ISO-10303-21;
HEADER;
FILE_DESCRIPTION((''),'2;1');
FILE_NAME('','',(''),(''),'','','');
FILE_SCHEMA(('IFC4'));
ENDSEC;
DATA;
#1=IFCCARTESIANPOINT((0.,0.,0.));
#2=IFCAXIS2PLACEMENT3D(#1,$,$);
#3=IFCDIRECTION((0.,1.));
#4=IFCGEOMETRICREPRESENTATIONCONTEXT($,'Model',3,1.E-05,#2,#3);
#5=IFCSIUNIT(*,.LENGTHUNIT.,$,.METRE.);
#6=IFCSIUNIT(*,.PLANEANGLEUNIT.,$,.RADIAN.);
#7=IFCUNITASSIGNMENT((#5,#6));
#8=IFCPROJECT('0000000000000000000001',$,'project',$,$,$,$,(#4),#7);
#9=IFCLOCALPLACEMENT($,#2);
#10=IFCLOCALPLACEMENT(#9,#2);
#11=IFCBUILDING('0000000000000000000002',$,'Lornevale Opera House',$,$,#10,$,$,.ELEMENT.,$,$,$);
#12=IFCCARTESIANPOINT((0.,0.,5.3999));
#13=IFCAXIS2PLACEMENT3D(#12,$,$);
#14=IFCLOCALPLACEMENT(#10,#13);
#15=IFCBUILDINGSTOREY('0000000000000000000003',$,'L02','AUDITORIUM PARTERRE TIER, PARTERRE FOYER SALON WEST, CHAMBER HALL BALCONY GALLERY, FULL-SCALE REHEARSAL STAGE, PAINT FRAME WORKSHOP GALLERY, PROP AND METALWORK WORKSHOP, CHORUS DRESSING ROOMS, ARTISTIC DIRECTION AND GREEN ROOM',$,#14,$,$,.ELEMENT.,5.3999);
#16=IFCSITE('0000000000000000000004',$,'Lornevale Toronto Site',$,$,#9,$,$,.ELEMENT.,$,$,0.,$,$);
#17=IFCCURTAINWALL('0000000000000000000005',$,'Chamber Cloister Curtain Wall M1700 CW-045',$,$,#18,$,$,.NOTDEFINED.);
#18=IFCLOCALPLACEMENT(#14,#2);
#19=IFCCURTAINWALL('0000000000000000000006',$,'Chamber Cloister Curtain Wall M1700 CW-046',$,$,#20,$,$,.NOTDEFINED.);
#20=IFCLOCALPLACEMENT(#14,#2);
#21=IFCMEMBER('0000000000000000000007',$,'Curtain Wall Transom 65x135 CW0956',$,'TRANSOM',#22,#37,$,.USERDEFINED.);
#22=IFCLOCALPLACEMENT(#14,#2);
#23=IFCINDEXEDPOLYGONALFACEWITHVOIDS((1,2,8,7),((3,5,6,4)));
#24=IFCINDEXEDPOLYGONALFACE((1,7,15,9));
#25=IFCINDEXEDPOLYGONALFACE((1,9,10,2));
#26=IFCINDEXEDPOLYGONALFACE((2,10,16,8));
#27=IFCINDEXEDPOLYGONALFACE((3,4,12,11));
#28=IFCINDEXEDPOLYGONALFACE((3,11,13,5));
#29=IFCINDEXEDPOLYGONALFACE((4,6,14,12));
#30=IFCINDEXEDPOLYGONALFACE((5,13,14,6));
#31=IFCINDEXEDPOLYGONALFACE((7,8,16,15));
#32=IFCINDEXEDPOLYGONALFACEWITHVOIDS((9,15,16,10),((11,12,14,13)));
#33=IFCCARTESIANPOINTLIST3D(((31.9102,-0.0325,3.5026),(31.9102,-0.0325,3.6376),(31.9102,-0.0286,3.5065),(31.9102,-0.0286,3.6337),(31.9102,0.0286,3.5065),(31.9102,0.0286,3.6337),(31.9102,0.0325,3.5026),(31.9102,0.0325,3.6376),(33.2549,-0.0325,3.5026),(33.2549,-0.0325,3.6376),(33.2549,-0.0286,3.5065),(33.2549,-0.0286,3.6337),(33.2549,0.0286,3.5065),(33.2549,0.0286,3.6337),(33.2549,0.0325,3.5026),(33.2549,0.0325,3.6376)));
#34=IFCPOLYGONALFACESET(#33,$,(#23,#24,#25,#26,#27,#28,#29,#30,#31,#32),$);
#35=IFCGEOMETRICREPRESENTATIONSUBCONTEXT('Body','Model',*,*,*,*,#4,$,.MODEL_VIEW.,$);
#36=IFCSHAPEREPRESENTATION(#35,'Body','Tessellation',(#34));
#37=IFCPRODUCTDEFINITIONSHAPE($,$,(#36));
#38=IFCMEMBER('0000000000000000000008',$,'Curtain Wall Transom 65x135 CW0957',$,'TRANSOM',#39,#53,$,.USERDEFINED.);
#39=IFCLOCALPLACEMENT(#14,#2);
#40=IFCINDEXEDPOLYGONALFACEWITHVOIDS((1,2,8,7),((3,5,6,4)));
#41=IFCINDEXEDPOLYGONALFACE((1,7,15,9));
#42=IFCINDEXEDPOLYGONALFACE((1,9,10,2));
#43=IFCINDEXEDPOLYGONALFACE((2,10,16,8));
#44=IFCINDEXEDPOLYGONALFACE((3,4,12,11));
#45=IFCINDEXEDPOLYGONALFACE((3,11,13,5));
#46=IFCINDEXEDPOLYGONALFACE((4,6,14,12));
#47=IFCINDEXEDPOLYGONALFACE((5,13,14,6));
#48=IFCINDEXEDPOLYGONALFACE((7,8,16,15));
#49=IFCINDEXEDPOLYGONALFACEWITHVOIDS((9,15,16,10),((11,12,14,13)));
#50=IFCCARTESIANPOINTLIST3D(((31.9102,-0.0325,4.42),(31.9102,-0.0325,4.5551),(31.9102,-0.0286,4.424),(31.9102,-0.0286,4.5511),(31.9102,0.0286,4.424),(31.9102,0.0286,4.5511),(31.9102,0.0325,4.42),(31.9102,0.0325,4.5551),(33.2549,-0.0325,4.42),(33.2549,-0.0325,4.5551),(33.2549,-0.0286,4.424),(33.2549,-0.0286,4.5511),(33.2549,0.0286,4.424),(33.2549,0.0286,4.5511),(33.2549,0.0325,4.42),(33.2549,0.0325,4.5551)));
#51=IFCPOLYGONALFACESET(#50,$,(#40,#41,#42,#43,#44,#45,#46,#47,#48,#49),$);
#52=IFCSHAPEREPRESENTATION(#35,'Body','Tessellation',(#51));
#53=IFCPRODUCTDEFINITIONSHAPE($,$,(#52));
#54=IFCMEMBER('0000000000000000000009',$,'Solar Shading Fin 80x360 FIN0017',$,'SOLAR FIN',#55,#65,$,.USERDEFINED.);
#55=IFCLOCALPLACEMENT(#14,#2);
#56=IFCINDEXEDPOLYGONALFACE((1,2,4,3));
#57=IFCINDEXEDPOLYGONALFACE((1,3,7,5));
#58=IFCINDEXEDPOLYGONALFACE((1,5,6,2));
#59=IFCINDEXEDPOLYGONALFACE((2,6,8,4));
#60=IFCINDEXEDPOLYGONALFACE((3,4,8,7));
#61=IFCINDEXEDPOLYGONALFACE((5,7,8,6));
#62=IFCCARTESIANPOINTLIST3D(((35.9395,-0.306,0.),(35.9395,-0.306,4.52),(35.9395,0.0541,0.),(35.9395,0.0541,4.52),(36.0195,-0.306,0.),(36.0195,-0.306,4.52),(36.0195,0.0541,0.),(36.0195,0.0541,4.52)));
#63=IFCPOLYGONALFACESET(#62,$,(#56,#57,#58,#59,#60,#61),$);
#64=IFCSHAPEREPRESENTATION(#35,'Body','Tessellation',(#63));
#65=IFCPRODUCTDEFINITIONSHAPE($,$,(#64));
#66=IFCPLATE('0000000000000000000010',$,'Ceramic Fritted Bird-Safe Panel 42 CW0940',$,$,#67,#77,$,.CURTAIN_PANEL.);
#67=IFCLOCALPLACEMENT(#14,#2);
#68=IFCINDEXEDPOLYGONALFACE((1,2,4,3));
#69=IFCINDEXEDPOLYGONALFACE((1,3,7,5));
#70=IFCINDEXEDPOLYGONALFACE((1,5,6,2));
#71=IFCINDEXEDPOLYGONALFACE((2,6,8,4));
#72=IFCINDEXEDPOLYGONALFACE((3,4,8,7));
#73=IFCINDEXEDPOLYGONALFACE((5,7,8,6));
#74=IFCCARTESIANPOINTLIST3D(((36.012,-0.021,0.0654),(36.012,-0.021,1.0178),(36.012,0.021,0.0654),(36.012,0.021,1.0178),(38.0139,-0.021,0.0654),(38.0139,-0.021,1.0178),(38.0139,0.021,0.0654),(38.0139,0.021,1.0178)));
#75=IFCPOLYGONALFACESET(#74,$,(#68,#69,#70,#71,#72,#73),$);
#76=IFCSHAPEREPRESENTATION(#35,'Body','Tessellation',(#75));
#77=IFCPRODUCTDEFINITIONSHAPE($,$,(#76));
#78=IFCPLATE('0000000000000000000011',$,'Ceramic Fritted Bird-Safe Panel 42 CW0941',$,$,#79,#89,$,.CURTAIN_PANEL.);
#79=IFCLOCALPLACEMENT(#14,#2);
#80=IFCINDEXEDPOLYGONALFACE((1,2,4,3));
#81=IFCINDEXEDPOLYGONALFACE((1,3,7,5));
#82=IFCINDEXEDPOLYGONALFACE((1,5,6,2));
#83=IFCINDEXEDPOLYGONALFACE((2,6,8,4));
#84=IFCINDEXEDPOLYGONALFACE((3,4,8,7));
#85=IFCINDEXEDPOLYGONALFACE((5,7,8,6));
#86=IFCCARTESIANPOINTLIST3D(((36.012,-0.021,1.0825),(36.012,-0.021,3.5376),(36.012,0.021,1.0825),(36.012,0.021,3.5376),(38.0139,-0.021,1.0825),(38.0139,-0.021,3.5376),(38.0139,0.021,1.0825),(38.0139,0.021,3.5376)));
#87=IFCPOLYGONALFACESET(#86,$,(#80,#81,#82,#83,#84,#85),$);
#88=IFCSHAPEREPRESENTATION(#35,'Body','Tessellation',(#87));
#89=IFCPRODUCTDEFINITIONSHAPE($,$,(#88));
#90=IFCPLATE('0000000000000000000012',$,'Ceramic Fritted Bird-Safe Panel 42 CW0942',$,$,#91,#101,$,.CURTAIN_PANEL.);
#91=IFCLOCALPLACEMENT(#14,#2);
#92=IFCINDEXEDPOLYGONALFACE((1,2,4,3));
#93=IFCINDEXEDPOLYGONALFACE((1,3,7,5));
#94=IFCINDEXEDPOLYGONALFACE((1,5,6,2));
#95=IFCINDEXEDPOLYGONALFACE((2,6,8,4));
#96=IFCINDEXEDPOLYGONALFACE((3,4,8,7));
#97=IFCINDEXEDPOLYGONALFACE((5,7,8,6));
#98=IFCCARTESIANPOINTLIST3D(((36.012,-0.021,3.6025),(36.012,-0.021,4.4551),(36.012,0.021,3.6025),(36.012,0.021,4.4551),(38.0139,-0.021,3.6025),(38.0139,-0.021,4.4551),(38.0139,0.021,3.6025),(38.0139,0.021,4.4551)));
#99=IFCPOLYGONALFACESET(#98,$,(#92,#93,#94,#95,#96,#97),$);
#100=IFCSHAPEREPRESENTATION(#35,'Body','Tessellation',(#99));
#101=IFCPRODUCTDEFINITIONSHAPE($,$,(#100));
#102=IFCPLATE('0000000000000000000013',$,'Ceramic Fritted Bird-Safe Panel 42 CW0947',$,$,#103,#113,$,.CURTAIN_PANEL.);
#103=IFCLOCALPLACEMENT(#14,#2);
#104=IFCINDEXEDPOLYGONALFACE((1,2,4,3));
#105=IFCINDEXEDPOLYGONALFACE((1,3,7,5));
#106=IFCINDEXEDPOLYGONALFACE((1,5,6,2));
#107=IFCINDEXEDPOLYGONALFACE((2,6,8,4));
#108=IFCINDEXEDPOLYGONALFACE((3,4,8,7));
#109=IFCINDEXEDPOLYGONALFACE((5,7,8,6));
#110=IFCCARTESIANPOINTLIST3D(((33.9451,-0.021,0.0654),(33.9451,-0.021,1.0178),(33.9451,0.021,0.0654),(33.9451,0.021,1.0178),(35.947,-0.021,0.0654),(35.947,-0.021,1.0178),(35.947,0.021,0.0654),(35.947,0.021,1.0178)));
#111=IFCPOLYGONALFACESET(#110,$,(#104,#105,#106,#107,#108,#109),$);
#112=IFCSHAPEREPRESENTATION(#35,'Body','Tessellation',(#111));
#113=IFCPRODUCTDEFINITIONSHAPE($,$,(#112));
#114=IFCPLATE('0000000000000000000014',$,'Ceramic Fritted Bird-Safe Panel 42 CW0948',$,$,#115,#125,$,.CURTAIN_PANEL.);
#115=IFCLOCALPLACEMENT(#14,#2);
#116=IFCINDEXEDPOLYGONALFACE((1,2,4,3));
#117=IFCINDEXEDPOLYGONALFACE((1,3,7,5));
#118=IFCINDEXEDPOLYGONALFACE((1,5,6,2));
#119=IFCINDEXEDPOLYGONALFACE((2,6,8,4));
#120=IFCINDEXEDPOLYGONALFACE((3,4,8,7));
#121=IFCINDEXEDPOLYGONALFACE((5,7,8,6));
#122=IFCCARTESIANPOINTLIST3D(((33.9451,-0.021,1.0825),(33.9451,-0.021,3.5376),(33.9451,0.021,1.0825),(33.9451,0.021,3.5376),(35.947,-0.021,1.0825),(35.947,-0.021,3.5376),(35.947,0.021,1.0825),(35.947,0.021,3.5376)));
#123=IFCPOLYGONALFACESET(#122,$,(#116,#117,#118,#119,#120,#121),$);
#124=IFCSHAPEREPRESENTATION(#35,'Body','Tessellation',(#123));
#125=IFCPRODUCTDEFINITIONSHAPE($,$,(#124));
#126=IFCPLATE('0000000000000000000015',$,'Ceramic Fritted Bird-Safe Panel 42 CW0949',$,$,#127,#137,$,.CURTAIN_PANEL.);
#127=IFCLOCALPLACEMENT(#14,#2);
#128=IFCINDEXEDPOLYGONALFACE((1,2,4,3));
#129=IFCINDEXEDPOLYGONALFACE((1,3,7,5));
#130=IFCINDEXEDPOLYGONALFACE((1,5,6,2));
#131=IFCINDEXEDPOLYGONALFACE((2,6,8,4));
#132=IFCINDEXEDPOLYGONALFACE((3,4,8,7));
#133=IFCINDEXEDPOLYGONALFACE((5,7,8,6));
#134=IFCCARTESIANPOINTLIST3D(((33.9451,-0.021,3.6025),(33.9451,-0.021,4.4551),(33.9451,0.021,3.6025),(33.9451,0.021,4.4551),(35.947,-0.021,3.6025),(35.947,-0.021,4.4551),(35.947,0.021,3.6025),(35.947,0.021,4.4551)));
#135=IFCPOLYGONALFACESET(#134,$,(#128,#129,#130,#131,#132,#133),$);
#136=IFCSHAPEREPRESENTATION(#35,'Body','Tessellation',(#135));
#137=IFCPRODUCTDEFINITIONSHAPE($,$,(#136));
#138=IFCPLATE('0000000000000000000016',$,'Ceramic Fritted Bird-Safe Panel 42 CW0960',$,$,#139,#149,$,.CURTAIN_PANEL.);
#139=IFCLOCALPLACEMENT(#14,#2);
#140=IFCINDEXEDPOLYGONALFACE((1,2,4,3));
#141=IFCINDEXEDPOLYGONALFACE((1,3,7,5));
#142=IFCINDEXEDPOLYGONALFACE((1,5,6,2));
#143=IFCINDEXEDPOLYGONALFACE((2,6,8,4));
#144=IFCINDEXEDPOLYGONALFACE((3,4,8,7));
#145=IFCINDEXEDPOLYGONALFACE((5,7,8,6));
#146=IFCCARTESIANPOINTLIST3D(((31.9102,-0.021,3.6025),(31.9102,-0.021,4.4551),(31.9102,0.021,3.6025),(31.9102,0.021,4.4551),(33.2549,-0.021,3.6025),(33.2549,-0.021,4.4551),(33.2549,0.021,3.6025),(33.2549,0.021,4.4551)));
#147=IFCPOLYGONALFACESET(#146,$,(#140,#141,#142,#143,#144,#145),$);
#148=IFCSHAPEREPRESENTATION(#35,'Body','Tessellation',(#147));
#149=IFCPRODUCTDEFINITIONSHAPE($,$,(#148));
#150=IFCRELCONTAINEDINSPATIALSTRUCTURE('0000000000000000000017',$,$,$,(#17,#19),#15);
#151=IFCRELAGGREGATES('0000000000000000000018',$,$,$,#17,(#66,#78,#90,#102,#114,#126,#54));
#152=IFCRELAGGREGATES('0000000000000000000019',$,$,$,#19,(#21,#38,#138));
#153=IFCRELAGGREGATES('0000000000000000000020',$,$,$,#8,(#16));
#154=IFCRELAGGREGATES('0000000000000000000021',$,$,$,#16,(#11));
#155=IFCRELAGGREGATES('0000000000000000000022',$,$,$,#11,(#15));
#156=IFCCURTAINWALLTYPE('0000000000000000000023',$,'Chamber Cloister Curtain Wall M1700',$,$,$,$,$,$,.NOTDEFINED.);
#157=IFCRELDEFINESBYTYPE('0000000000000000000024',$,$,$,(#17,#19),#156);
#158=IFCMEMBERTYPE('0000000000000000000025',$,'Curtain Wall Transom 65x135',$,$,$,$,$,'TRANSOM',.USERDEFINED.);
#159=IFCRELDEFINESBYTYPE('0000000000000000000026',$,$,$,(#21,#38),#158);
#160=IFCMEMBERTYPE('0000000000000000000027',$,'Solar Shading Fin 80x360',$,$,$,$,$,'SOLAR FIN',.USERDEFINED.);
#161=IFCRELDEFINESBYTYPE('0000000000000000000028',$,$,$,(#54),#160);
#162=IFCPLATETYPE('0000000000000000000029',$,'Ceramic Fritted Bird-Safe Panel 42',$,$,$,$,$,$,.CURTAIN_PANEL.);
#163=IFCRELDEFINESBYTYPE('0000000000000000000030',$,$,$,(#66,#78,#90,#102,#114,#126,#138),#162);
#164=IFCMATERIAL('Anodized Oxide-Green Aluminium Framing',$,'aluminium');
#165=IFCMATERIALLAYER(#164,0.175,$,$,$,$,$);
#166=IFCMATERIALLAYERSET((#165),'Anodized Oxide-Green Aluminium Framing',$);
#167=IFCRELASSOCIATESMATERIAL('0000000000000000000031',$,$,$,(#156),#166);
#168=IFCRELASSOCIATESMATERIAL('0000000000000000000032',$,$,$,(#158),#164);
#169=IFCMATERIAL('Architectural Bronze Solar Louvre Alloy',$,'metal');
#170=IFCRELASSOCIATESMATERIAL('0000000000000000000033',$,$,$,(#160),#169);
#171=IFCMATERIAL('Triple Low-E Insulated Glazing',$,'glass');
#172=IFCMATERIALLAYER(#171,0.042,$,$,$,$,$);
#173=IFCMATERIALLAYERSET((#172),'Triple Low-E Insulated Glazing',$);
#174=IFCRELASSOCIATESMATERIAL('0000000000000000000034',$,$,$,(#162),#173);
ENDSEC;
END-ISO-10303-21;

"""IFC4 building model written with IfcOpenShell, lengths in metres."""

from ifc_helpers import new_model, si_unit, direction, frame, origin, origin_2d, place, context, subcontext, project, spatial, rectangle, hollow_rectangle, extrude, material, layer, layer_set, material_profile, profile_set, type_object, element, aggregate, save


model = new_model("IFC4")

# Units and contexts
model_context = context("Model", 3, precision=1e-05, world=origin(), true_north=direction((0.0, 1.0)))
body_context = subcontext(model_context, "Body", "Model", "MODEL_VIEW")
ifc_project = project(units=[si_unit("LENGTHUNIT", "METRE"), si_unit("PLANEANGLEUNIT", "RADIAN")], contexts=[model_context])

# Site, building, storey
site_placement = place(None, origin())
site = spatial("IfcSite", under=ifc_project, at=site_placement, Name="Lornevale Toronto Site", CompositionType="ELEMENT", RefElevation=0.0)
building_placement = place(site_placement, origin())
building = spatial("IfcBuilding", under=site, at=building_placement, Name="Lornevale Opera House", CompositionType="ELEMENT")
storey_placement = place(building_placement, frame((0.0, 0.0, 5.3999)))
storey = spatial("IfcBuildingStorey", under=building, at=storey_placement, Name="L02", Description="AUDITORIUM PARTERRE TIER, PARTERRE FOYER SALON WEST, CHAMBER HALL BALCONY GALLERY, FULL-SCALE REHEARSAL STAGE, PAINT FRAME WORKSHOP GALLERY, PROP AND METALWORK WORKSHOP, CHORUS DRESSING ROOMS, ARTISTIC DIRECTION AND GREEN ROOM", CompositionType="ELEMENT", Elevation=5.3999)

# Curtain wall
ifc_material_1 = material(Name="Anodized Oxide-Green Aluminium Framing", Category="aluminium")
ifc_layer_1 = layer(ifc_material_1, 0.175)
ifc_layer_set_1 = layer_set([ifc_layer_1], Name="Anodized Oxide-Green Aluminium Framing")
curtain_wall_type = type_object("IfcCurtainWallType", Name="Chamber Cloister Curtain Wall M1700", PredefinedType="NOTDEFINED", material=ifc_layer_set_1)
curtain_wall_1_placement = place(storey_placement, origin())
curtain_wall_1 = element("IfcCurtainWall", 1, at=curtain_wall_1_placement, inside=storey, type_object=curtain_wall_type, Name="Chamber Cloister Curtain Wall M1700 CW-045", PredefinedType="NOTDEFINED")

# Curtain wall
curtain_wall_2_placement = place(storey_placement, origin())
curtain_wall_2 = element("IfcCurtainWall", 2, at=curtain_wall_2_placement, inside=storey, type_object=curtain_wall_type, Name="Chamber Cloister Curtain Wall M1700 CW-046", PredefinedType="NOTDEFINED")

# Members
ifc_material_profile_1 = material_profile(ifc_material_1, hollow_rectangle(XDim=0.0649, YDim=0.135, WallThickness=0.0039, at=origin_2d()), Name="ALU65x135x4")
ifc_profile_set_1 = profile_set([ifc_material_profile_1], Name="Anodized Oxide-Green Aluminium Framing")
member_type_1 = type_object("IfcMemberType", Name="Curtain Wall Transom 65x135", ElementType="TRANSOM", PredefinedType="USERDEFINED", material=ifc_profile_set_1)
member_1_placement = place(storey_placement, frame((33.2549, 0.0, 3.5701), z_axis=(-1.0, 0.0, 0.0), x_axis=(0.0, -1.0, 0.0)))
member_1 = element("IfcMember", 3, at=member_1_placement, type_object=member_type_1, Name="Curtain Wall Transom 65x135 CW0956", ObjectType="TRANSOM", PredefinedType="USERDEFINED", context=body_context, shape_type="SweptSolid", body=[
    extrude(hollow_rectangle(XDim=0.0649, YDim=0.135, WallThickness=0.0039, at=origin_2d()), origin(), (0.0, 0.0, 1.0), 1.3447),
])
member_2_placement = place(storey_placement, frame((33.2549, 0.0, 4.4875), z_axis=(-1.0, 0.0, 0.0), x_axis=(0.0, -1.0, 0.0)))
member_2 = element("IfcMember", 4, at=member_2_placement, type_object=member_type_1, Name="Curtain Wall Transom 65x135 CW0957", ObjectType="TRANSOM", PredefinedType="USERDEFINED", context=body_context, shape_type="SweptSolid", body=[
    extrude(hollow_rectangle(XDim=0.0649, YDim=0.135, WallThickness=0.0039, at=origin_2d()), origin(), (0.0, 0.0, 1.0), 1.3447),
])
ifc_material_2 = material(Name="Architectural Bronze Solar Louvre Alloy", Category="metal")
ifc_material_profile_2 = material_profile(ifc_material_2, rectangle(XDim=0.0801, YDim=0.3601, at=origin_2d()), Name="FIN80x360")
ifc_profile_set_2 = profile_set([ifc_material_profile_2], Name="Architectural Bronze Solar Louvre Alloy")
member_type_2 = type_object("IfcMemberType", Name="Solar Shading Fin 80x360", ElementType="SOLAR FIN", PredefinedType="USERDEFINED", material=ifc_profile_set_2)
member_3_placement = place(storey_placement, frame((35.9795, -0.126, 0.0), z_axis=(0.0, 0.0, 1.0), x_axis=(-1.0, 0.0, 0.0)))
member_3 = element("IfcMember", 5, at=member_3_placement, type_object=member_type_2, Name="Solar Shading Fin 80x360 FIN0017", ObjectType="SOLAR FIN", PredefinedType="USERDEFINED", context=body_context, shape_type="SweptSolid", body=[
    extrude(rectangle(XDim=0.0801, YDim=0.3601, at=origin_2d()), origin(), (0.0, 0.0, 1.0), 4.52),
])

# Plates
ifc_material_3 = material(Name="Triple Low-E Insulated Glazing", Category="glass")
ifc_layer_2 = layer(ifc_material_3, 0.042)
ifc_layer_set_2 = layer_set([ifc_layer_2], Name="Triple Low-E Insulated Glazing")
plate_type = type_object("IfcPlateType", Name="Ceramic Fritted Bird-Safe Panel 42", PredefinedType="CURTAIN_PANEL", material=ifc_layer_set_2)
plate_1_placement = place(storey_placement, frame((37.0129, 0.0, 0.0654), z_axis=(0.0, 0.0, 1.0), x_axis=(-1.0, 0.0, 0.0)))
plate_1 = element("IfcPlate", 6, at=plate_1_placement, type_object=plate_type, Name="Ceramic Fritted Bird-Safe Panel 42 CW0940", PredefinedType="CURTAIN_PANEL", context=body_context, shape_type="SweptSolid", body=[
    extrude(rectangle(XDim=2.002, YDim=0.042, at=origin_2d()), origin(), (0.0, 0.0, 1.0), 0.9524),
])
plate_2_placement = place(storey_placement, frame((37.0129, 0.0, 1.0825), z_axis=(0.0, 0.0, 1.0), x_axis=(-1.0, 0.0, 0.0)))
plate_2 = element("IfcPlate", 7, at=plate_2_placement, type_object=plate_type, Name="Ceramic Fritted Bird-Safe Panel 42 CW0941", PredefinedType="CURTAIN_PANEL", context=body_context, shape_type="SweptSolid", body=[
    extrude(rectangle(XDim=2.002, YDim=0.042, at=origin_2d()), origin(), (0.0, 0.0, 1.0), 2.4551),
])
plate_3_placement = place(storey_placement, frame((37.0129, 0.0, 3.6025), z_axis=(0.0, 0.0, 1.0), x_axis=(-1.0, 0.0, 0.0)))
plate_3 = element("IfcPlate", 8, at=plate_3_placement, type_object=plate_type, Name="Ceramic Fritted Bird-Safe Panel 42 CW0942", PredefinedType="CURTAIN_PANEL", context=body_context, shape_type="SweptSolid", body=[
    extrude(rectangle(XDim=2.002, YDim=0.042, at=origin_2d()), origin(), (0.0, 0.0, 1.0), 0.8525),
])
plate_4_placement = place(storey_placement, frame((34.946, 0.0, 0.0654), z_axis=(0.0, 0.0, 1.0), x_axis=(-1.0, 0.0, 0.0)))
plate_4 = element("IfcPlate", 9, at=plate_4_placement, type_object=plate_type, Name="Ceramic Fritted Bird-Safe Panel 42 CW0947", PredefinedType="CURTAIN_PANEL", context=body_context, shape_type="SweptSolid", body=[
    extrude(rectangle(XDim=2.002, YDim=0.042, at=origin_2d()), origin(), (0.0, 0.0, 1.0), 0.9524),
])
plate_5_placement = place(storey_placement, frame((34.946, 0.0, 1.0825), z_axis=(0.0, 0.0, 1.0), x_axis=(-1.0, 0.0, 0.0)))
plate_5 = element("IfcPlate", 10, at=plate_5_placement, type_object=plate_type, Name="Ceramic Fritted Bird-Safe Panel 42 CW0948", PredefinedType="CURTAIN_PANEL", context=body_context, shape_type="SweptSolid", body=[
    extrude(rectangle(XDim=2.002, YDim=0.042, at=origin_2d()), origin(), (0.0, 0.0, 1.0), 2.4551),
])
plate_6_placement = place(storey_placement, frame((34.946, 0.0, 3.6025), z_axis=(0.0, 0.0, 1.0), x_axis=(-1.0, 0.0, 0.0)))
plate_6 = element("IfcPlate", 11, at=plate_6_placement, type_object=plate_type, Name="Ceramic Fritted Bird-Safe Panel 42 CW0949", PredefinedType="CURTAIN_PANEL", context=body_context, shape_type="SweptSolid", body=[
    extrude(rectangle(XDim=2.002, YDim=0.042, at=origin_2d()), origin(), (0.0, 0.0, 1.0), 0.8525),
])
aggregate(curtain_wall_1, [plate_1, plate_2, plate_3, plate_4, plate_5, plate_6, member_3])
plate_7_placement = place(storey_placement, frame((32.5825, 0.0, 3.6025), z_axis=(0.0, 0.0, 1.0), x_axis=(-1.0, 0.0, 0.0)))
plate_7 = element("IfcPlate", 12, at=plate_7_placement, type_object=plate_type, Name="Ceramic Fritted Bird-Safe Panel 42 CW0960", PredefinedType="CURTAIN_PANEL", context=body_context, shape_type="SweptSolid", body=[
    extrude(rectangle(XDim=1.3447, YDim=0.042, at=origin_2d()), origin(), (0.0, 0.0, 1.0), 0.8525),
])
aggregate(curtain_wall_2, [member_1, member_2, plate_7])

save(model, "model.ifc")
